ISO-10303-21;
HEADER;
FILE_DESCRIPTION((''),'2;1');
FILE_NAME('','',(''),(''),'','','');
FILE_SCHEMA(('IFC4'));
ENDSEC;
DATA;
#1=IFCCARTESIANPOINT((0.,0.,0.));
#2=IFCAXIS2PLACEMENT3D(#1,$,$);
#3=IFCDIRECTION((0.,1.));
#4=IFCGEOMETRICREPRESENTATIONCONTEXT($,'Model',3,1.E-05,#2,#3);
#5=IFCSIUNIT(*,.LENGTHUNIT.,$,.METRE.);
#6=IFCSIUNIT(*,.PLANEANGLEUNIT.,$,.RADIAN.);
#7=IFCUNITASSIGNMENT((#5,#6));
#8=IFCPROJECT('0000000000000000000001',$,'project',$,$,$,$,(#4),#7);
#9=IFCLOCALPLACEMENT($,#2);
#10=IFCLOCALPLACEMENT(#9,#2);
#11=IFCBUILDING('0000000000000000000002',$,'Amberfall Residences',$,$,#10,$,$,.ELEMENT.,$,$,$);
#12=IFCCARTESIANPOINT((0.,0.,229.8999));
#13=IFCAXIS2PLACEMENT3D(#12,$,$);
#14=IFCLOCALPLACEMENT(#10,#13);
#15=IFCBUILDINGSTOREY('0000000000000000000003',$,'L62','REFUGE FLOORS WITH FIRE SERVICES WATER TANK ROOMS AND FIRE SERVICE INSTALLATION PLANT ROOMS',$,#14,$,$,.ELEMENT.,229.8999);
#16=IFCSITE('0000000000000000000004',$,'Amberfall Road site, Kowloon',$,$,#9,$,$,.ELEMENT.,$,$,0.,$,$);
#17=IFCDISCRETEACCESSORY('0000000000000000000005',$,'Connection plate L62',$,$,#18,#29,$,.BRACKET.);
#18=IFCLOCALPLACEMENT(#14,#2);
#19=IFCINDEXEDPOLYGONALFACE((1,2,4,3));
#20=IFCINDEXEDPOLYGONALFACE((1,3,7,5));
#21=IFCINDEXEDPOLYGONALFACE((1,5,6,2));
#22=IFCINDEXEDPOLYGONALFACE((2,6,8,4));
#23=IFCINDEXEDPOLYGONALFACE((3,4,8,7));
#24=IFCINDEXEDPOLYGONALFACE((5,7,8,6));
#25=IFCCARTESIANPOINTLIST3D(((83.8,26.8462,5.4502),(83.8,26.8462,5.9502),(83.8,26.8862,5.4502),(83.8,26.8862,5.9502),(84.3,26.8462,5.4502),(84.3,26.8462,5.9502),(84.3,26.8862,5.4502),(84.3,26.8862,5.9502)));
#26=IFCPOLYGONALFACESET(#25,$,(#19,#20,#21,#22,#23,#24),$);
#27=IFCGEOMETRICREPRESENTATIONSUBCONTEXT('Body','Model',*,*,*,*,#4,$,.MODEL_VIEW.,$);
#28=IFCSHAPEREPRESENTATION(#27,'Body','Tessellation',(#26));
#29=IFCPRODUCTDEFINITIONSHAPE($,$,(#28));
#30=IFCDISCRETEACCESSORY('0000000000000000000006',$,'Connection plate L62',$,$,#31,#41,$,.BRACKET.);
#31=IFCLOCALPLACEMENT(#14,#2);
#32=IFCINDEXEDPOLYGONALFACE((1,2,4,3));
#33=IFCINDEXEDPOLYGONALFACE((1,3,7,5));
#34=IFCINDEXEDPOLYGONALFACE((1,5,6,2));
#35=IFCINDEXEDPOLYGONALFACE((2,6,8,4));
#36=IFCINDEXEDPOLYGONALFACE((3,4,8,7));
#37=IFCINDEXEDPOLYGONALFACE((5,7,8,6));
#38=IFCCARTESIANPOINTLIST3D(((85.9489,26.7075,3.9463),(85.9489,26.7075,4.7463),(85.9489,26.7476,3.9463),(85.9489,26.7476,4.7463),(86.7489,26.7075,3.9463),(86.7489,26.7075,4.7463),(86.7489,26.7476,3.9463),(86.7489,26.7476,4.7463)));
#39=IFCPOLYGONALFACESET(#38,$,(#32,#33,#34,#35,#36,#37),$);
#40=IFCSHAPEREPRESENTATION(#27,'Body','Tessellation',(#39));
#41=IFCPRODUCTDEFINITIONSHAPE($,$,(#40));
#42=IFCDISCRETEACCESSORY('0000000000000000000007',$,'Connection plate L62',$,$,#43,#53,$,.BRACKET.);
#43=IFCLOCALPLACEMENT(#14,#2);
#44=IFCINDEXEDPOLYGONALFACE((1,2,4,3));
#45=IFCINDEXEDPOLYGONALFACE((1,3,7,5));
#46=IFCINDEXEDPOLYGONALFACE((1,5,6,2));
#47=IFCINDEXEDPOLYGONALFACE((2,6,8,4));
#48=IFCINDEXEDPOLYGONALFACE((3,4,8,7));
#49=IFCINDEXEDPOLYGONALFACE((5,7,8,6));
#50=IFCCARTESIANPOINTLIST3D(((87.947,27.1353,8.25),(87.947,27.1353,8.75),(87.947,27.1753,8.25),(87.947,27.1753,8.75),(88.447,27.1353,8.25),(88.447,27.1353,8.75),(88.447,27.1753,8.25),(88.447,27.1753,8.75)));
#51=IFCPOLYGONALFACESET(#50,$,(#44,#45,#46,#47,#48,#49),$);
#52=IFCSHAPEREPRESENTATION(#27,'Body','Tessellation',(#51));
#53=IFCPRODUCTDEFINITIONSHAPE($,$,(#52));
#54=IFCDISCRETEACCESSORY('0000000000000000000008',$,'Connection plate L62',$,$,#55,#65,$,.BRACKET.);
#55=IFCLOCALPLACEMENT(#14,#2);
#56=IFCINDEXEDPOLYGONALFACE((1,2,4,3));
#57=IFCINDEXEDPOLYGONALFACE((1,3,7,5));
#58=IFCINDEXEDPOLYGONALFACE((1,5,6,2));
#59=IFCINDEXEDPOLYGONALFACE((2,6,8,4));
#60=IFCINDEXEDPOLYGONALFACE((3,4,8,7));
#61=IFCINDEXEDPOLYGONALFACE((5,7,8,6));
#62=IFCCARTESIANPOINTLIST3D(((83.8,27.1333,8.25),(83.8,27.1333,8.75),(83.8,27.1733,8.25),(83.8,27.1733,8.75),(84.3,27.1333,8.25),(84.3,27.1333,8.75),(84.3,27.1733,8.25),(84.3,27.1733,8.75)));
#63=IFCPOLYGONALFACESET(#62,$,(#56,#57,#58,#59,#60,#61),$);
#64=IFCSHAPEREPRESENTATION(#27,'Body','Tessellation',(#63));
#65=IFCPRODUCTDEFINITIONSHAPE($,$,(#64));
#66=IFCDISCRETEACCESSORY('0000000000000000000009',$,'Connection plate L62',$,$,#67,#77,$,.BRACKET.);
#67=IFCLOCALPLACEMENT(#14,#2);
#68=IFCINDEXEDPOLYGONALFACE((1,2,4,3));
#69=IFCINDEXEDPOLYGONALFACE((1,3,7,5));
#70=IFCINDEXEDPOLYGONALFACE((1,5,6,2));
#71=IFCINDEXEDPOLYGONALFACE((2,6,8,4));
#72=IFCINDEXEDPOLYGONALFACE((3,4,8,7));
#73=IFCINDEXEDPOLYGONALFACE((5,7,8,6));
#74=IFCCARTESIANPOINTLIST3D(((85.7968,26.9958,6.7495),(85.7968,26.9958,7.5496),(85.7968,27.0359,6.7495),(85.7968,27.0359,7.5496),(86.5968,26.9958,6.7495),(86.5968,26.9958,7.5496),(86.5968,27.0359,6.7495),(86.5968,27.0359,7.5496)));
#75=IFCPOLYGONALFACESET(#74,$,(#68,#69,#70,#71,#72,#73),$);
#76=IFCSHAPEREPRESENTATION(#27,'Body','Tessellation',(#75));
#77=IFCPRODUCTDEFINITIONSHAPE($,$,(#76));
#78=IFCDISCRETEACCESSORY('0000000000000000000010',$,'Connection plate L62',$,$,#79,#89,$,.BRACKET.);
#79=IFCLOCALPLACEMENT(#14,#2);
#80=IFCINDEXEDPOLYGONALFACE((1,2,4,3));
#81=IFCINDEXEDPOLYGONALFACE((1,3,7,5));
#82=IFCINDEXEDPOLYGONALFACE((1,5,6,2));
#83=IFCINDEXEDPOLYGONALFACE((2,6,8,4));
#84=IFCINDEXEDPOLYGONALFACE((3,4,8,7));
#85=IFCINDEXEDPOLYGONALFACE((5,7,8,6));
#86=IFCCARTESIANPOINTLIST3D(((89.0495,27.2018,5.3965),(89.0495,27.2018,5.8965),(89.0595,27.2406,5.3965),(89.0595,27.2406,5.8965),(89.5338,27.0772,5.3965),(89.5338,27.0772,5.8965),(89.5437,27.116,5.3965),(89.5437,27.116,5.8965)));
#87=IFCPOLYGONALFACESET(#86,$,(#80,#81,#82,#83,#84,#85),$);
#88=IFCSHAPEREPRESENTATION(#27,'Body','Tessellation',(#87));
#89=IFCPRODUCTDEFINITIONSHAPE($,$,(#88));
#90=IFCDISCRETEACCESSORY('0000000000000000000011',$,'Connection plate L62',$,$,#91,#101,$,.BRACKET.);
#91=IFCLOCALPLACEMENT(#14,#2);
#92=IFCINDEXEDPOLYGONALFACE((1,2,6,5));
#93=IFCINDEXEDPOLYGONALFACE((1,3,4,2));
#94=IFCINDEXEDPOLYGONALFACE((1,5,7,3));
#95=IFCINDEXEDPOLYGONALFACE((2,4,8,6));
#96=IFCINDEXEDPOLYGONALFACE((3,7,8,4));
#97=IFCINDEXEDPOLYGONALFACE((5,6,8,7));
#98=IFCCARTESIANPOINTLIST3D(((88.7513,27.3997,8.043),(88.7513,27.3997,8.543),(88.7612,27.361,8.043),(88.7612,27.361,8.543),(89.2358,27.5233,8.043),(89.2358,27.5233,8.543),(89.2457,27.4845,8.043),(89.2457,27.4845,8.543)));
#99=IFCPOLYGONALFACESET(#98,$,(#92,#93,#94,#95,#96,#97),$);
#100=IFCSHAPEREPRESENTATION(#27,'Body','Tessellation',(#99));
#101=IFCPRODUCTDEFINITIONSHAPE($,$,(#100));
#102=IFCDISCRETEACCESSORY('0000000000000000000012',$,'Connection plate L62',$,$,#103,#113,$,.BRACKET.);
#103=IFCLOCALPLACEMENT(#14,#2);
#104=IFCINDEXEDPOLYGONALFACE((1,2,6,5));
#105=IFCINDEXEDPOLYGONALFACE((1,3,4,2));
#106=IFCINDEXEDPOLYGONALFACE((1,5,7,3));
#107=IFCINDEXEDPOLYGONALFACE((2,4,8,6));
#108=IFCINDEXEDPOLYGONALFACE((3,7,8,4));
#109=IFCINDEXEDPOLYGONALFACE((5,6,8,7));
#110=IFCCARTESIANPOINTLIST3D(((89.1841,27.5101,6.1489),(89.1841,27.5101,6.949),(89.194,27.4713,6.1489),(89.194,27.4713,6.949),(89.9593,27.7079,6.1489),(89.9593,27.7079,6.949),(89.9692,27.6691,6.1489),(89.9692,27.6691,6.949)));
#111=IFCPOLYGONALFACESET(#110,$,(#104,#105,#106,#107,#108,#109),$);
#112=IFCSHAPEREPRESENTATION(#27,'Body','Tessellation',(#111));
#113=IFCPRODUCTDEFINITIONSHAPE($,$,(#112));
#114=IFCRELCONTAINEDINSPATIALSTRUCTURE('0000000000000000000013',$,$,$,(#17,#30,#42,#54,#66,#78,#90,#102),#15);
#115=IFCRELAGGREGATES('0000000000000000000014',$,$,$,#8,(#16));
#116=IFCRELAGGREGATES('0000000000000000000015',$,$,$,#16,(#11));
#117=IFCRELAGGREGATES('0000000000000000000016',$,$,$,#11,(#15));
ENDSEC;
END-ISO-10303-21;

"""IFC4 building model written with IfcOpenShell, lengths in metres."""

from ifc_helpers import new_model, si_unit, direction, frame, origin, origin_2d, place, context, subcontext, project, spatial, rectangle, extrude, element, save


model = new_model("IFC4")

# Units and contexts
model_context = context("Model", 3, precision=1e-05, world=origin(), true_north=direction((0.0, 1.0)))
body_context = subcontext(model_context, "Body", "Model", "MODEL_VIEW")
ifc_project = project(units=[si_unit("LENGTHUNIT", "METRE"), si_unit("PLANEANGLEUNIT", "RADIAN")], contexts=[model_context])

# Site, building, storey
site_placement = place(None, origin())
site = spatial("IfcSite", under=ifc_project, at=site_placement, Name="Amberfall Road site, Kowloon", CompositionType="ELEMENT", RefElevation=0.0)
building_placement = place(site_placement, origin())
building = spatial("IfcBuilding", under=site, at=building_placement, Name="Amberfall Residences", CompositionType="ELEMENT")
storey_placement = place(building_placement, frame((0.0, 0.0, 229.8999)))
storey = spatial("IfcBuildingStorey", under=building, at=storey_placement, Name="L62", Description="REFUGE FLOORS WITH FIRE SERVICES WATER TANK ROOMS AND FIRE SERVICE INSTALLATION PLANT ROOMS", CompositionType="ELEMENT", Elevation=229.8999)

# Discrete accessories
for number, where, z_axis, x_axis, name in (
    (1, (84.05, 26.8662, 5.4502), (0.0, 0.0, 1.0), (1.0, 0.0, 0.0), "Connection plate L62"),
):
    element("IfcDiscreteAccessory", number, at=place(storey_placement, frame(where, z_axis=z_axis, x_axis=x_axis)), inside=storey, Name=name, PredefinedType="BRACKET", context=body_context, shape_type="SweptSolid", body=[
        extrude(rectangle(XDim=0.5, YDim=0.04, at=origin_2d()), origin(), (0.0, 0.0, 1.0), 0.5),
    ])
discrete_accessory_1_placement = place(storey_placement, frame((86.3489, 26.7275, 3.9463), z_axis=(0.0, 0.0, 1.0), x_axis=(1.0, 0.0, 0.0)))
element("IfcDiscreteAccessory", 2, at=discrete_accessory_1_placement, inside=storey, Name="Connection plate L62", PredefinedType="BRACKET", context=body_context, shape_type="SweptSolid", body=[
    extrude(rectangle(XDim=0.8, YDim=0.04, at=origin_2d()), origin(), (0.0, 0.0, 1.0), 0.8),
])
for number, where, z_axis, x_axis, name in (
    (3, (88.197, 27.1553, 8.25), (0.0, 0.0, 1.0), (1.0, 0.0, 0.0), "Connection plate L62"),
    (4, (84.05, 27.1533, 8.25), (0.0, 0.0, 1.0), (1.0, 0.0, 0.0), "Connection plate L62"),
):
    element("IfcDiscreteAccessory", number, at=place(storey_placement, frame(where, z_axis=z_axis, x_axis=x_axis)), inside=storey, Name=name, PredefinedType="BRACKET", context=body_context, shape_type="SweptSolid", body=[
        extrude(rectangle(XDim=0.5, YDim=0.04, at=origin_2d()), origin(), (0.0, 0.0, 1.0), 0.5),
    ])
discrete_accessory_2_placement = place(storey_placement, frame((86.1968, 27.0159, 6.7495), z_axis=(0.0, 0.0, 1.0), x_axis=(1.0, 0.0, 0.0)))
element("IfcDiscreteAccessory", 5, at=discrete_accessory_2_placement, inside=storey, Name="Connection plate L62", PredefinedType="BRACKET", context=body_context, shape_type="SweptSolid", body=[
    extrude(rectangle(XDim=0.8, YDim=0.04, at=origin_2d()), origin(), (0.0, 0.0, 1.0), 0.8),
])
for number, where, z_axis, x_axis, name in (
    (6, (89.2966, 27.1589, 5.3965), (0.0, 0.0, 1.0), (-0.968453, 0.249197, 0.0), "Connection plate L62"),
    (7, (88.9985, 27.4421, 8.043), (0.0, 0.0, 1.0), (-0.968977, -0.247151, 0.0), "Connection plate L62"),
):
    element("IfcDiscreteAccessory", number, at=place(storey_placement, frame(where, z_axis=z_axis, x_axis=x_axis)), inside=storey, Name=name, PredefinedType="BRACKET", context=body_context, shape_type="SweptSolid", body=[
        extrude(rectangle(XDim=0.5, YDim=0.04, at=origin_2d()), origin(), (0.0, 0.0, 1.0), 0.5),
    ])
discrete_accessory_3_placement = place(storey_placement, frame((89.5767, 27.5896, 6.1489), z_axis=(0.0, 0.0, 1.0), x_axis=(-0.968977, -0.247151, 0.0)))
element("IfcDiscreteAccessory", 8, at=discrete_accessory_3_placement, inside=storey, Name="Connection plate L62", PredefinedType="BRACKET", context=body_context, shape_type="SweptSolid", body=[
    extrude(rectangle(XDim=0.8, YDim=0.04, at=origin_2d()), origin(), (0.0, 0.0, 1.0), 0.8),
])

save(model, "model.ifc")
